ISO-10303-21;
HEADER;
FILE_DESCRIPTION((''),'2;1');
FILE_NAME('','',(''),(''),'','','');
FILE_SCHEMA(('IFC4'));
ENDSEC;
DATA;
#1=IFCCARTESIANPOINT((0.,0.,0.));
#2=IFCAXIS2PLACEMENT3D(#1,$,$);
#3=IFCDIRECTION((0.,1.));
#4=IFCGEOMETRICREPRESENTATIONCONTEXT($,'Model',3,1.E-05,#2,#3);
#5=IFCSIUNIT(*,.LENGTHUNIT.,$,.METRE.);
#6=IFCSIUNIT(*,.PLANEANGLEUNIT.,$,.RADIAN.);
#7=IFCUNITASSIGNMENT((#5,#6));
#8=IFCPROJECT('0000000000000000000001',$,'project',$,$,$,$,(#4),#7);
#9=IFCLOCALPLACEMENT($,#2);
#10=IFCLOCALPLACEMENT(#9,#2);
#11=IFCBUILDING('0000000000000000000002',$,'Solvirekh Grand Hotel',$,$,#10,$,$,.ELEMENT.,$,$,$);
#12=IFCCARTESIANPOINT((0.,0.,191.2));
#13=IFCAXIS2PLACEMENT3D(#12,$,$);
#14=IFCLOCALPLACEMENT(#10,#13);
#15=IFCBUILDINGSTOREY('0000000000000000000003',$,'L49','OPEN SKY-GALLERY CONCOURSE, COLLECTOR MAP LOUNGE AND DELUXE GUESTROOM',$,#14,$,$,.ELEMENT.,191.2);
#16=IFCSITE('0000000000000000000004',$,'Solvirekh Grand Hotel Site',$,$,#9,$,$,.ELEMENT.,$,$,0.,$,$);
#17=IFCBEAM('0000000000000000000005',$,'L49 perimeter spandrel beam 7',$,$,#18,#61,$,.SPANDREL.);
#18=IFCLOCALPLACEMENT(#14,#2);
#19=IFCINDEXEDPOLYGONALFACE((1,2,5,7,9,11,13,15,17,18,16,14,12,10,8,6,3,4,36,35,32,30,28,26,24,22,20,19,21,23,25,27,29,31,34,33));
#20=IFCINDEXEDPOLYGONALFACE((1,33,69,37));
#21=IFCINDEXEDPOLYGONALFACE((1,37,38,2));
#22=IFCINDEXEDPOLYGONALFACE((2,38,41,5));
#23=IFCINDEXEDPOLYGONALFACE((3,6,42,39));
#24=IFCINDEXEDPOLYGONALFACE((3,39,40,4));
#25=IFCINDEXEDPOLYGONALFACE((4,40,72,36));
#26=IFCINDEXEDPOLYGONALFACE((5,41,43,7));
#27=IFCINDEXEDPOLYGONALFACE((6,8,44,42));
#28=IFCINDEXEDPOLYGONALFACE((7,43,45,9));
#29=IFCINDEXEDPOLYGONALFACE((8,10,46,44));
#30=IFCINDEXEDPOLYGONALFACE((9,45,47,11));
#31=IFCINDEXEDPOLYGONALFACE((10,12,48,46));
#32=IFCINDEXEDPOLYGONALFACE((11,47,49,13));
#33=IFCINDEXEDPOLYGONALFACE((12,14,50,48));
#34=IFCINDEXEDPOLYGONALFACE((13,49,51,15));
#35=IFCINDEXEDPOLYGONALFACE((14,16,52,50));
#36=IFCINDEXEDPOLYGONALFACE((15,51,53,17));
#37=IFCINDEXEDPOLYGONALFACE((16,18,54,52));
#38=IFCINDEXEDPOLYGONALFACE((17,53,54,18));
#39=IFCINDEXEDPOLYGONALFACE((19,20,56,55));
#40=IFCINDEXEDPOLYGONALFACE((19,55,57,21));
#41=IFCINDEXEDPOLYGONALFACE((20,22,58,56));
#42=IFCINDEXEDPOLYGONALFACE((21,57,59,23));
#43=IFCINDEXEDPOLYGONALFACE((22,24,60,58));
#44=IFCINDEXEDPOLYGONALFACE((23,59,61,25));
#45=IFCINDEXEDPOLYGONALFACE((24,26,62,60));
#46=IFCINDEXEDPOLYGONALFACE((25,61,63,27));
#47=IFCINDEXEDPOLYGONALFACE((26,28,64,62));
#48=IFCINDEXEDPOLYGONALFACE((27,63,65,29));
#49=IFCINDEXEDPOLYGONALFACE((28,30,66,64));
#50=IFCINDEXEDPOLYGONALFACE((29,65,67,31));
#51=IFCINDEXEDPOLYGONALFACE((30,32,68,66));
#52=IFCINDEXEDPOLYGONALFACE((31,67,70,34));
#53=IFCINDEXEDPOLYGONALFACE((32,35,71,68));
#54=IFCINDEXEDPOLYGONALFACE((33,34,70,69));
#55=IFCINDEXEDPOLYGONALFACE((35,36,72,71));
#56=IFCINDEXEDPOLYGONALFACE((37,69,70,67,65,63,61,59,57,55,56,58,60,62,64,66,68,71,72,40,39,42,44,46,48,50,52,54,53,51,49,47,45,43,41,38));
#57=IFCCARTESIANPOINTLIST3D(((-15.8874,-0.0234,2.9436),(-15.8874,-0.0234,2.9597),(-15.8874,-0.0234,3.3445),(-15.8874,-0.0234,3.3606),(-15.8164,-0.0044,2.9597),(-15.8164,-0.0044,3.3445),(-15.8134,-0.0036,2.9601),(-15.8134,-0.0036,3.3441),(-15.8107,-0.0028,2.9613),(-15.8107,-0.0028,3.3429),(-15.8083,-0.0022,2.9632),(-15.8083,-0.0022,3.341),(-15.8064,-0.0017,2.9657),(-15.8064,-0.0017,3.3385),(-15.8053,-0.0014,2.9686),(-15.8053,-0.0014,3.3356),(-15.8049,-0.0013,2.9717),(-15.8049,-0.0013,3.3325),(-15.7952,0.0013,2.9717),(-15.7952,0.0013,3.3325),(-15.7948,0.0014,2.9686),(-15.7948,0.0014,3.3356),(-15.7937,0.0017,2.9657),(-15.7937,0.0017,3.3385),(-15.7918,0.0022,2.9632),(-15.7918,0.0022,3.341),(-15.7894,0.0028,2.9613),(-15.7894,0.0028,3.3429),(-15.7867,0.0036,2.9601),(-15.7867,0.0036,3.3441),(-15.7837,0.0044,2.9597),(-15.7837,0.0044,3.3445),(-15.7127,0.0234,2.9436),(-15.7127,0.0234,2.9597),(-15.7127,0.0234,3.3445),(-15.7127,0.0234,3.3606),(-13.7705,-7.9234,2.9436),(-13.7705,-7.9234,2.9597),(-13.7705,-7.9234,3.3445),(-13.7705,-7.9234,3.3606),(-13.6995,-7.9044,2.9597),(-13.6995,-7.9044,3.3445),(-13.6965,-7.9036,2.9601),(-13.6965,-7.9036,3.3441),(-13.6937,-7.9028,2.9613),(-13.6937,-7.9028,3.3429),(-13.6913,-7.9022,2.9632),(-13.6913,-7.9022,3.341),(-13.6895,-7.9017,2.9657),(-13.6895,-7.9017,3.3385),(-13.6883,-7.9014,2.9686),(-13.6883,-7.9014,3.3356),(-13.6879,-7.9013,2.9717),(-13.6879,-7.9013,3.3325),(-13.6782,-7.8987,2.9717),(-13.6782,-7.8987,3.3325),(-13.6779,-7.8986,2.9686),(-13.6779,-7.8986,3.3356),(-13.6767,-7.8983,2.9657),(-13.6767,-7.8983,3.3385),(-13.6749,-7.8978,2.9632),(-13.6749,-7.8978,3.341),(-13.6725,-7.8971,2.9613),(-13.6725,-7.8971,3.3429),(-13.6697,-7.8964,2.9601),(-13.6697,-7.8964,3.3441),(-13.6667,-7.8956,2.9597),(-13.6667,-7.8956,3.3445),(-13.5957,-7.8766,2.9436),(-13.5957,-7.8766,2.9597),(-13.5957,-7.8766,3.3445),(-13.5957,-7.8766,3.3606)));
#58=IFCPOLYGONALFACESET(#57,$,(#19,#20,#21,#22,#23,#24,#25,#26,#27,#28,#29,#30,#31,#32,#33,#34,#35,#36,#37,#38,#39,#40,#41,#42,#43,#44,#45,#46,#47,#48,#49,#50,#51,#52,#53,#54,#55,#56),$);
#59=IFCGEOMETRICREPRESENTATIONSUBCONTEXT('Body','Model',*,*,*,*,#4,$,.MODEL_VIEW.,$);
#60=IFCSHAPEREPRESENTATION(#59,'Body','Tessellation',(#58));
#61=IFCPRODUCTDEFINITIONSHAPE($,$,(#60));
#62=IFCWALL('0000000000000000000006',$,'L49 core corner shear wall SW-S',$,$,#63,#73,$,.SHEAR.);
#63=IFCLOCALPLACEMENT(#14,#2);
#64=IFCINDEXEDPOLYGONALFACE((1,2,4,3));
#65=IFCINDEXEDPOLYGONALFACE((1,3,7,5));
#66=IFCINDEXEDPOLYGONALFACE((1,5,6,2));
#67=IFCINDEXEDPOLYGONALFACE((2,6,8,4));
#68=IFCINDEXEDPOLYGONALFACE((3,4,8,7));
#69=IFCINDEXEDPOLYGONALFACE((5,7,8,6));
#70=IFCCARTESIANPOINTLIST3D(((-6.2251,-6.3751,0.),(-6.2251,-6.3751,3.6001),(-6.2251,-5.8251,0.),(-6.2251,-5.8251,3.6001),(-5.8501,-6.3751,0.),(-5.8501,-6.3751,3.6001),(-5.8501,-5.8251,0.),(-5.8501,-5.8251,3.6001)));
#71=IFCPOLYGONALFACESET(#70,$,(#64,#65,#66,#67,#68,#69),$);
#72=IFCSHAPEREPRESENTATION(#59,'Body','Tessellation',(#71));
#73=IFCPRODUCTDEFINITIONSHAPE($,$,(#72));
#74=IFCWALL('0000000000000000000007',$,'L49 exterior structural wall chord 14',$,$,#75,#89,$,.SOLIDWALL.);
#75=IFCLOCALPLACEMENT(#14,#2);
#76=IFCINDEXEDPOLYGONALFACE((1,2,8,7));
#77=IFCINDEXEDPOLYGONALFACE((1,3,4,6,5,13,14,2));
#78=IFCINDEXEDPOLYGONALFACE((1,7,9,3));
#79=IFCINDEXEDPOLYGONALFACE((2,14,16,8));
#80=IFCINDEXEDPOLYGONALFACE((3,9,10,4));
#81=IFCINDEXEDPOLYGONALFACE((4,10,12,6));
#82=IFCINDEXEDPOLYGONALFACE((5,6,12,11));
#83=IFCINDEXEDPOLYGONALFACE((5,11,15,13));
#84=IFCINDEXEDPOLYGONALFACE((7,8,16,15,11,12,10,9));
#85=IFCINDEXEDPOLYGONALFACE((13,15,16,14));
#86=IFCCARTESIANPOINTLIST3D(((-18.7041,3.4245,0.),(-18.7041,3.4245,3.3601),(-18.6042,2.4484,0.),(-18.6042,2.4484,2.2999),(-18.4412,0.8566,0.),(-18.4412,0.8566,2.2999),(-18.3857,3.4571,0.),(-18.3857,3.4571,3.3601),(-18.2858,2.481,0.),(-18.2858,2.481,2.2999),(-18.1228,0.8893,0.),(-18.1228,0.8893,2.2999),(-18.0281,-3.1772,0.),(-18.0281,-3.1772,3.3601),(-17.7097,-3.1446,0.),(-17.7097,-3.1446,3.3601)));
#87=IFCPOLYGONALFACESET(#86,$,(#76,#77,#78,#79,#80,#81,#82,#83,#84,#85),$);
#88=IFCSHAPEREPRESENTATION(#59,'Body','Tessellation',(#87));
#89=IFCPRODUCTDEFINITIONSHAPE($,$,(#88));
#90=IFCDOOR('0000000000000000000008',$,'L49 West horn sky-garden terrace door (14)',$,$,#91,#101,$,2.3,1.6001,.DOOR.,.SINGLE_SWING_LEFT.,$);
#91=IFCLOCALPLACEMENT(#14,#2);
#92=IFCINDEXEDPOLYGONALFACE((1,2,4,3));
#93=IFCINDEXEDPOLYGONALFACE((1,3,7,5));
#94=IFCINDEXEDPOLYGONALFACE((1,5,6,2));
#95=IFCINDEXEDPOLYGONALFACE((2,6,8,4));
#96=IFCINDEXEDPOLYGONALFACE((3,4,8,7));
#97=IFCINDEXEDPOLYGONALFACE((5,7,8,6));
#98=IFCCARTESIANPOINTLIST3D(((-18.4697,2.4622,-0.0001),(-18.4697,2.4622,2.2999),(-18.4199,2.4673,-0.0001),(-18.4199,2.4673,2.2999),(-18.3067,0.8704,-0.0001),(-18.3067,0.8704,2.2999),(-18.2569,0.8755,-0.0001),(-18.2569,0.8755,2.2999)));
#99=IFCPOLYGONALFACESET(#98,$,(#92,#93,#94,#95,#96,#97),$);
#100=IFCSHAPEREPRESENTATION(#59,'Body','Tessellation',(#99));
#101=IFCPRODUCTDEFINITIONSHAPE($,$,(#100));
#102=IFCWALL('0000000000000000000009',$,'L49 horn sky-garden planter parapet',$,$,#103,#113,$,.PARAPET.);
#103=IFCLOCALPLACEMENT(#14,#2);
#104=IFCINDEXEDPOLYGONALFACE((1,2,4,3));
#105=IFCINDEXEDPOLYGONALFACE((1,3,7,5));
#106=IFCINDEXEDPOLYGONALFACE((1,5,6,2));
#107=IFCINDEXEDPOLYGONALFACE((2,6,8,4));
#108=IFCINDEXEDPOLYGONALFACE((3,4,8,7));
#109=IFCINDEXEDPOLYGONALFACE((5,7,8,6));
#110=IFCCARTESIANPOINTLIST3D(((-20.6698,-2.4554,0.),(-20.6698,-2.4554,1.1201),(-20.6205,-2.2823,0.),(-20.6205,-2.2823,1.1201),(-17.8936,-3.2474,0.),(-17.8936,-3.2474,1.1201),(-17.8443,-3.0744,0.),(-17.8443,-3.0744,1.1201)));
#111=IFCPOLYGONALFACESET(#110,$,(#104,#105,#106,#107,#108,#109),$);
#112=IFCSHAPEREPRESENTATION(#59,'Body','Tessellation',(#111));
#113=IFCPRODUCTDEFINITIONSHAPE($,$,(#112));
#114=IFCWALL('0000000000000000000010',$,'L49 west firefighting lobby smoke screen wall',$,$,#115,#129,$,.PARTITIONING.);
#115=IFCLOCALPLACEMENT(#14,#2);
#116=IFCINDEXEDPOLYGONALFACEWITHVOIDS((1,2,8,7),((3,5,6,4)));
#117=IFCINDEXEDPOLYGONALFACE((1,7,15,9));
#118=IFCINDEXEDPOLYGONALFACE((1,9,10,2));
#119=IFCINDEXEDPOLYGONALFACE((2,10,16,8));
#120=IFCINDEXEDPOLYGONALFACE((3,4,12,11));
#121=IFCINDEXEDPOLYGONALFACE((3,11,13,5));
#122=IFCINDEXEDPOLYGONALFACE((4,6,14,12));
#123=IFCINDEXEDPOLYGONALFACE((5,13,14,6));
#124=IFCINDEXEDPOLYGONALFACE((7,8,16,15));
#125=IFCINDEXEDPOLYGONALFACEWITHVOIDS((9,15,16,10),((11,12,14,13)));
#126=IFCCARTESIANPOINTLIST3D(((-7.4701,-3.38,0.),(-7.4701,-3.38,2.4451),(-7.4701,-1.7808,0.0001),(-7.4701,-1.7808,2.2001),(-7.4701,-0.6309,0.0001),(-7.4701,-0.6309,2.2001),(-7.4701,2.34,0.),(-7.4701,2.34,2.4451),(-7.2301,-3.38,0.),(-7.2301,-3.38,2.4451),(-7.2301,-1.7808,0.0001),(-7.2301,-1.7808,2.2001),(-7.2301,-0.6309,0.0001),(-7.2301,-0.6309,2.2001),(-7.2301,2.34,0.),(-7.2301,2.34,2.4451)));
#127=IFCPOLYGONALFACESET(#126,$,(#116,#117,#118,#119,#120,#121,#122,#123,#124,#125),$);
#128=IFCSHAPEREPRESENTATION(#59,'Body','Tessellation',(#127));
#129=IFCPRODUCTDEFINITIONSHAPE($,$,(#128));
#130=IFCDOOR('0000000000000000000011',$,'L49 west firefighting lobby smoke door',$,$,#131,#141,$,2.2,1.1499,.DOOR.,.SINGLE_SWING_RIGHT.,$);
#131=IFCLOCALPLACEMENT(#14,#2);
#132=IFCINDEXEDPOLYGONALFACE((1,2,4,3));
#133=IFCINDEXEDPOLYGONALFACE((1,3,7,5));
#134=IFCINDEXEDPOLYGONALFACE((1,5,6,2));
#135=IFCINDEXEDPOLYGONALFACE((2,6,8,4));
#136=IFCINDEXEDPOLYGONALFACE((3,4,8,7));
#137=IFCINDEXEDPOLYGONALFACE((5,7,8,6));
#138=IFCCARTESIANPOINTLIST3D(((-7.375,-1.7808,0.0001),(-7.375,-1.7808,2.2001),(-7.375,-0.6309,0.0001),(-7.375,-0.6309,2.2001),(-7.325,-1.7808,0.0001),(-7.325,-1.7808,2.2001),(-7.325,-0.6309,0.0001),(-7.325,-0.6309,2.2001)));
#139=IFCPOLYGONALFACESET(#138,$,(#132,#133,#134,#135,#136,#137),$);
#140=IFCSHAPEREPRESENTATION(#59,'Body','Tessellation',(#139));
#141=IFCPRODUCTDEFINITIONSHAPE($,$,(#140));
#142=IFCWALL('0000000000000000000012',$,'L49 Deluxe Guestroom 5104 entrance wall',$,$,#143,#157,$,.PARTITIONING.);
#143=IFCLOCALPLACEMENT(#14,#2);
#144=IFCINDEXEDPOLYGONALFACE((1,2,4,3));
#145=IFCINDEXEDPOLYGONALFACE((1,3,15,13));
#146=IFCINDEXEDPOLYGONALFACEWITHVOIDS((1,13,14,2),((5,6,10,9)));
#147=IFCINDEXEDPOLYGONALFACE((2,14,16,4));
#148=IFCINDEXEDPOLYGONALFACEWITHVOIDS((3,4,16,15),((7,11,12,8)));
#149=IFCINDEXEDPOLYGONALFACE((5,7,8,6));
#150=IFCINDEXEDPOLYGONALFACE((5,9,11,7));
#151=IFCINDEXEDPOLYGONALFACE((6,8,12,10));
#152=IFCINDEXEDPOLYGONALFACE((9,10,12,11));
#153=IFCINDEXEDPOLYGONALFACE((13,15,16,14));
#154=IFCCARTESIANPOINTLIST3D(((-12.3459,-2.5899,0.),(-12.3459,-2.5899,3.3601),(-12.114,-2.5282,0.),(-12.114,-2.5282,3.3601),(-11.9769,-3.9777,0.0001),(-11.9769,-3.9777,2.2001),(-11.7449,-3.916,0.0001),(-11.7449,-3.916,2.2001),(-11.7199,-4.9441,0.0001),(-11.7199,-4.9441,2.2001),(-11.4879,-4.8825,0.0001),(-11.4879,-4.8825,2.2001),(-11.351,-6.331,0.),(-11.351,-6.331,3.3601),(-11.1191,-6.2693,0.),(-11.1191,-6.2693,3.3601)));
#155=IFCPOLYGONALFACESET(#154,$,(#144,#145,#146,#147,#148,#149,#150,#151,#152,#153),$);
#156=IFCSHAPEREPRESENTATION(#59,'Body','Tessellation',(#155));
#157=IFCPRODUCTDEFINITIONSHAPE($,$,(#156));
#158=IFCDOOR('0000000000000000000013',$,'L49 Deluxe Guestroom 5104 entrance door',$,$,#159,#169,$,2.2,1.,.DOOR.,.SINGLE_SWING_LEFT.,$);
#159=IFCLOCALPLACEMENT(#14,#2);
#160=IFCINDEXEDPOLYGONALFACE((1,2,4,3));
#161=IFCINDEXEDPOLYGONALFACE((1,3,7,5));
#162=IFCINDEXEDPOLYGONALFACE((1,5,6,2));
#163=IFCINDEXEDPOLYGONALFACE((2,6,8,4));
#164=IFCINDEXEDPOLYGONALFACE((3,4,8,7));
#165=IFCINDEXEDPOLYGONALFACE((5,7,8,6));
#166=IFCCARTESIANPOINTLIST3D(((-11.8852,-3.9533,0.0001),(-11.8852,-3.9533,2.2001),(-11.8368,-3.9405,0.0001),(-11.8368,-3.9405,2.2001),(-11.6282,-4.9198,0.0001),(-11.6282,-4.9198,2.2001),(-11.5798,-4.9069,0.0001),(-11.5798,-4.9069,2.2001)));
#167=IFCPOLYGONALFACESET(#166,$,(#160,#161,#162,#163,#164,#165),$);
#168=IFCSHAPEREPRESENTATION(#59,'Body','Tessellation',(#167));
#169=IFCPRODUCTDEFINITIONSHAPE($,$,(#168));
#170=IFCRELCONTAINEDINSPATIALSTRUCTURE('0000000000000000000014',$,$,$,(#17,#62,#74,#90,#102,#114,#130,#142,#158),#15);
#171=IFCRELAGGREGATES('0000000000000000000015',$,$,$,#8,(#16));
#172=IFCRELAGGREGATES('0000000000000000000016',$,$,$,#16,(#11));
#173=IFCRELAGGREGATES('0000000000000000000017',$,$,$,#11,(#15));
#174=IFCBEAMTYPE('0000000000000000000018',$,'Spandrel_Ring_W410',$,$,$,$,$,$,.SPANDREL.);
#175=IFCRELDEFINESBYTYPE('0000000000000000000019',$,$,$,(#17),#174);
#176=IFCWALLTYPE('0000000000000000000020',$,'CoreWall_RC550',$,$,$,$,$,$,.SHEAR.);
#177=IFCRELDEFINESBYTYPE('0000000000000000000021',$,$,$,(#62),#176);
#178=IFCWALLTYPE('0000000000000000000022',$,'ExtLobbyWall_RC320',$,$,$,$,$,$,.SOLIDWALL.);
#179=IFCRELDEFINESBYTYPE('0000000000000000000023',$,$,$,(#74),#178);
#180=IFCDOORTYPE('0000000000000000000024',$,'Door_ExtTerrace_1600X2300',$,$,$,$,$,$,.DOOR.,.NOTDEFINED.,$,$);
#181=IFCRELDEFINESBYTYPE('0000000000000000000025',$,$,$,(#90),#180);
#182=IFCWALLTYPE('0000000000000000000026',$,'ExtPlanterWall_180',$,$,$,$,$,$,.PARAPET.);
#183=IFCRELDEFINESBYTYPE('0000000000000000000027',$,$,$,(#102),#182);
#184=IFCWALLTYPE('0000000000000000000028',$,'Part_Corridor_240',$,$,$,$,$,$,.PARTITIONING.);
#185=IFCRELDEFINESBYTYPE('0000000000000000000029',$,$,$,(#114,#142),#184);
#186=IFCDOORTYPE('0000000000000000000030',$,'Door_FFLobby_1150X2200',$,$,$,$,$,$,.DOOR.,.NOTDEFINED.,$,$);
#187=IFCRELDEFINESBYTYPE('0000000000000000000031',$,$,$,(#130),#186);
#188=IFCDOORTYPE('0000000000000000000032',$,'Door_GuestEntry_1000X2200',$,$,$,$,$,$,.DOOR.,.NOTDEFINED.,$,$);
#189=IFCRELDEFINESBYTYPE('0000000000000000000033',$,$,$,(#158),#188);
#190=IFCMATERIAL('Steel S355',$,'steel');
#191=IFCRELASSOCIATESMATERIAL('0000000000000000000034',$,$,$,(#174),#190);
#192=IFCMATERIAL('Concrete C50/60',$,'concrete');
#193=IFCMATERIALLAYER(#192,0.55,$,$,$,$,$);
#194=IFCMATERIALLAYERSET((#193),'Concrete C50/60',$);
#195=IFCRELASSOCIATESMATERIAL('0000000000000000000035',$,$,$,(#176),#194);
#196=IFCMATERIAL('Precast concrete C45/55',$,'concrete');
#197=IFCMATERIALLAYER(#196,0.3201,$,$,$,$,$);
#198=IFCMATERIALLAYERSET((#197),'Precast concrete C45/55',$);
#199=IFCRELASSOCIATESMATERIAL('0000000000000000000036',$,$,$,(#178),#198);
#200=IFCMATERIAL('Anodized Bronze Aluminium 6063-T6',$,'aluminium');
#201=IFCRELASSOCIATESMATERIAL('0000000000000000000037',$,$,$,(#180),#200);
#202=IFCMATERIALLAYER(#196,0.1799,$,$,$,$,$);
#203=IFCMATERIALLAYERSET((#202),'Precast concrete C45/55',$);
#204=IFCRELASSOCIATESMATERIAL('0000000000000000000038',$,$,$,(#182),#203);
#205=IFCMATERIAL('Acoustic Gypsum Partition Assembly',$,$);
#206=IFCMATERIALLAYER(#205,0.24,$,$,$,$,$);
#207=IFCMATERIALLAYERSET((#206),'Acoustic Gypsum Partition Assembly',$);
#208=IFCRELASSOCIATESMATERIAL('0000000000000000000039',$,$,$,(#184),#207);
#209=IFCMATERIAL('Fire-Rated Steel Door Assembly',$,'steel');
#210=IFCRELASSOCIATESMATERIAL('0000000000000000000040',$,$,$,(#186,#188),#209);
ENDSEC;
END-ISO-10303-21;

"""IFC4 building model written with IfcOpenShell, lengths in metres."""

from ifc_helpers import new_model, si_unit, direction, frame, frame_2d, origin, origin_2d, place, context, subcontext, project, spatial, rectangle, i_section, extrude, material, layer, layer_set, material_profile, profile_set, type_object, element, fill, save


model = new_model("IFC4")

# Units and contexts
model_context = context("Model", 3, precision=1e-05, world=origin(), true_north=direction((0.0, 1.0)))
body_context = subcontext(model_context, "Body", "Model", "MODEL_VIEW")
ifc_project = project(units=[si_unit("LENGTHUNIT", "METRE"), si_unit("PLANEANGLEUNIT", "RADIAN")], contexts=[model_context])

# Site, building, storey
site_placement = place(None, origin())
site = spatial("IfcSite", under=ifc_project, at=site_placement, Name="Solvirekh Grand Hotel Site", CompositionType="ELEMENT", RefElevation=0.0)
building_placement = place(site_placement, origin())
building = spatial("IfcBuilding", under=site, at=building_placement, Name="Solvirekh Grand Hotel", CompositionType="ELEMENT")
storey_placement = place(building_placement, frame((0.0, 0.0, 191.2)))
storey = spatial("IfcBuildingStorey", under=building, at=storey_placement, Name="L49", Description="OPEN SKY-GALLERY CONCOURSE, COLLECTOR MAP LOUNGE AND DELUXE GUESTROOM", CompositionType="ELEMENT", Elevation=191.2)

# Shared definitions
ifc_material_1 = material(Name="Concrete C50/60", Category="concrete")

# Beam
ifc_material_2 = material(Name="Steel S355", Category="steel")
ifc_material_profile_1 = material_profile(ifc_material_2, i_section(OverallWidth=0.1809, OverallDepth=0.417, WebThickness=0.01, FlangeThickness=0.0161, FilletRadius=0.012, at=origin_2d()), Name="W410X85")
ifc_profile_set_1 = profile_set([ifc_material_profile_1], Name="Steel S355")
beam_type_1 = type_object("IfcBeamType", Name="Spandrel_Ring_W410", PredefinedType="SPANDREL", material=ifc_profile_set_1)
beam_1_placement = place(storey_placement, frame((-15.8, 0.0, 3.1521), z_axis=(0.258839, -0.965921, 0.0), x_axis=(0.965921, 0.258839, 0.0)))
element("IfcBeam", 1, at=beam_1_placement, inside=storey, type_object=beam_type_1, Name="L49 perimeter spandrel beam 7", PredefinedType="SPANDREL", context=body_context, shape_type="SweptSolid", body=[
    extrude(i_section(OverallWidth=0.1809, OverallDepth=0.417, WebThickness=0.01, FlangeThickness=0.0161, FilletRadius=0.012, at=origin_2d()), origin(), (0.0, 0.0, 1.0), 8.1787),
])

# Wall
ifc_layer_1 = layer(ifc_material_1, 0.55)
ifc_layer_set_1 = layer_set([ifc_layer_1], Name="Concrete C50/60")
wall_type_1 = type_object("IfcWallType", Name="CoreWall_RC550", PredefinedType="SHEAR", material=ifc_layer_set_1)
wall_1_placement = place(storey_placement, frame((-6.2251, -6.1001, 0.0), z_axis=(0.0, 0.0, 1.0), x_axis=(1.0, 0.0, 0.0)))
element("IfcWall", 2, at=wall_1_placement, inside=storey, type_object=wall_type_1, Name="L49 core corner shear wall SW-S", PredefinedType="SHEAR", context=body_context, shape_type="SweptSolid", body=[
    extrude(rectangle(XDim=0.375, YDim=0.55, at=frame_2d((0.1875, 0.0))), origin(), (0.0, 0.0, 1.0), 3.6001),
])

# Wall, opening, door
ifc_material_3 = material(Name="Precast concrete C45/55", Category="concrete")
ifc_layer_2 = layer(ifc_material_3, 0.3201)
ifc_layer_set_2 = layer_set([ifc_layer_2], Name="Precast concrete C45/55")
wall_type_2 = type_object("IfcWallType", Name="ExtLobbyWall_RC320", PredefinedType="SOLIDWALL", material=ifc_layer_set_2)
wall_2_placement = place(storey_placement, frame((-17.8689, -3.1609, 0.0), z_axis=(0.0, 0.0, 1.0), x_axis=(-0.101867, 0.994798, 0.0)))
wall_2 = element("IfcWall", 3, at=wall_2_placement, inside=storey, type_object=wall_type_2, Name="L49 exterior structural wall chord 14", PredefinedType="SOLIDWALL", context=body_context, shape_type="SweptSolid", body=[
    extrude(rectangle(XDim=6.6362, YDim=0.3201, at=frame_2d((3.3181, 0.0))), origin(), (0.0, 0.0, 1.0), 3.3601),
])
opening_1_placement = place(wall_2_placement, frame((4.0549, 0.0, 0.0)))
opening_1 = element("IfcOpeningElement", 4, at=opening_1_placement, cuts=wall_2, PredefinedType="OPENING", context=body_context, shape_type="SweptSolid", body=[
    extrude(rectangle(XDim=1.6001, YDim=2.3, at=frame_2d((0.8, 1.1499))), frame((0.0, 0.1699, 0.0), z_axis=(0.0, -1.0, 0.0), x_axis=(1.0, 0.0, 0.0)), (0.0, 0.0, 1.0), 0.3401),
])
ifc_material_4 = material(Name="Anodized Bronze Aluminium 6063-T6", Category="aluminium")
door_type_1 = type_object("IfcDoorType", Name="Door_ExtTerrace_1600X2300", OperationType="NOTDEFINED", PredefinedType="DOOR", material=ifc_material_4)
door_1_placement = place(opening_1_placement, origin())
door_1 = element("IfcDoor", 5, at=door_1_placement, inside=storey, type_object=door_type_1, Name="L49 West horn sky-garden terrace door (14)", OperationType="SINGLE_SWING_LEFT", OverallHeight=2.3, OverallWidth=1.6001, PredefinedType="DOOR", context=body_context, shape_type="SweptSolid", body=[
    extrude(rectangle(XDim=1.6001, YDim=2.3, at=frame_2d((0.8, 1.1499))), frame((0.0, 0.0249, 0.0), z_axis=(0.0, -1.0, 0.0), x_axis=(1.0, 0.0, 0.0)), (0.0, 0.0, 1.0), 0.05),
])
fill(opening_1, door_1)

# Wall
ifc_layer_3 = layer(ifc_material_3, 0.1799)
ifc_layer_set_3 = layer_set([ifc_layer_3], Name="Precast concrete C45/55")
wall_type_3 = type_object("IfcWallType", Name="ExtPlanterWall_180", PredefinedType="PARAPET", material=ifc_layer_set_3)
wall_3_placement = place(storey_placement, frame((-20.645, -2.3689, 0.0), z_axis=(0.0, 0.0, 1.0), x_axis=(0.961632, -0.274341, 0.0)))
element("IfcWall", 6, at=wall_3_placement, inside=storey, type_object=wall_type_3, Name="L49 horn sky-garden planter parapet", PredefinedType="PARAPET", context=body_context, shape_type="SweptSolid", body=[
    extrude(rectangle(XDim=2.887, YDim=0.1799, at=frame_2d((1.4434, 0.0))), origin(), (0.0, 0.0, 1.0), 1.1201),
])

# Walls, openings, doors
ifc_material_5 = material(Name="Acoustic Gypsum Partition Assembly")
ifc_layer_4 = layer(ifc_material_5, 0.24)
ifc_layer_set_4 = layer_set([ifc_layer_4], Name="Acoustic Gypsum Partition Assembly")
wall_type_4 = type_object("IfcWallType", Name="Part_Corridor_240", PredefinedType="PARTITIONING", material=ifc_layer_set_4)
wall_4_placement = place(storey_placement, frame((-7.3501, -3.3799, 0.0), z_axis=(0.0, 0.0, 1.0), x_axis=(0.0, 1.0, 0.0)))
wall_4 = element("IfcWall", 7, at=wall_4_placement, inside=storey, type_object=wall_type_4, Name="L49 west firefighting lobby smoke screen wall", PredefinedType="PARTITIONING", context=body_context, shape_type="SweptSolid", body=[
    extrude(rectangle(XDim=5.72, YDim=0.24, at=frame_2d((2.8599, 0.0))), origin(), (0.0, 0.0, 1.0), 2.4451),
])
opening_2_placement = place(wall_4_placement, frame((1.5991, 0.0, 0.0)))
opening_2 = element("IfcOpeningElement", 8, at=opening_2_placement, cuts=wall_4, PredefinedType="OPENING", context=body_context, shape_type="SweptSolid", body=[
    extrude(rectangle(XDim=1.1499, YDim=2.2, at=frame_2d((0.575, 1.1001))), frame((0.0, 0.1299, 0.0), z_axis=(0.0, -1.0, 0.0), x_axis=(1.0, 0.0, 0.0)), (0.0, 0.0, 1.0), 0.26),
])
ifc_material_6 = material(Name="Fire-Rated Steel Door Assembly", Category="steel")
door_type_2 = type_object("IfcDoorType", Name="Door_FFLobby_1150X2200", OperationType="NOTDEFINED", PredefinedType="DOOR", material=ifc_material_6)
door_2_placement = place(opening_2_placement, origin())
door_2 = element("IfcDoor", 9, at=door_2_placement, inside=storey, type_object=door_type_2, Name="L49 west firefighting lobby smoke door", OperationType="SINGLE_SWING_RIGHT", OverallHeight=2.2, OverallWidth=1.1499, PredefinedType="DOOR", context=body_context, shape_type="SweptSolid", body=[
    extrude(rectangle(XDim=1.1499, YDim=2.2, at=frame_2d((0.575, 1.1001))), frame((0.0, 0.0249, 0.0), z_axis=(0.0, -1.0, 0.0), x_axis=(1.0, 0.0, 0.0)), (0.0, 0.0, 1.0), 0.05),
])
fill(opening_2, door_2)
wall_5_placement = place(storey_placement, frame((-12.23, -2.5591, 0.0), z_axis=(0.0, 0.0, 1.0), x_axis=(0.257007, -0.96641, 0.0)))
wall_5 = element("IfcWall", 10, at=wall_5_placement, inside=storey, type_object=wall_type_4, Name="L49 Deluxe Guestroom 5104 entrance wall", PredefinedType="PARTITIONING", context=body_context, shape_type="SweptSolid", body=[
    extrude(rectangle(XDim=3.8711, YDim=0.24, at=frame_2d((1.9355, 0.0))), origin(), (0.0, 0.0, 1.0), 3.3601),
])
opening_3_placement = place(wall_5_placement, frame((1.436, 0.0, 0.0)))
opening_3 = element("IfcOpeningElement", 11, at=opening_3_placement, cuts=wall_5, PredefinedType="OPENING", context=body_context, shape_type="SweptSolid", body=[
    extrude(rectangle(XDim=1.0, YDim=2.2, at=frame_2d((0.5, 1.1001))), frame((0.0, 0.1299, 0.0), z_axis=(0.0, -1.0, 0.0), x_axis=(1.0, 0.0, 0.0)), (0.0, 0.0, 1.0), 0.26),
])
door_type_3 = type_object("IfcDoorType", Name="Door_GuestEntry_1000X2200", OperationType="NOTDEFINED", PredefinedType="DOOR", material=ifc_material_6)
door_3_placement = place(opening_3_placement, origin())
door_3 = element("IfcDoor", 12, at=door_3_placement, inside=storey, type_object=door_type_3, Name="L49 Deluxe Guestroom 5104 entrance door", OperationType="SINGLE_SWING_LEFT", OverallHeight=2.2, OverallWidth=1.0, PredefinedType="DOOR", context=body_context, shape_type="SweptSolid", body=[
    extrude(rectangle(XDim=1.0, YDim=2.2, at=frame_2d((0.5, 1.1001))), frame((0.0, 0.0249, 0.0), z_axis=(0.0, -1.0, 0.0), x_axis=(1.0, 0.0, 0.0)), (0.0, 0.0, 1.0), 0.05),
])
fill(opening_3, door_3)

save(model, "model.ifc")
